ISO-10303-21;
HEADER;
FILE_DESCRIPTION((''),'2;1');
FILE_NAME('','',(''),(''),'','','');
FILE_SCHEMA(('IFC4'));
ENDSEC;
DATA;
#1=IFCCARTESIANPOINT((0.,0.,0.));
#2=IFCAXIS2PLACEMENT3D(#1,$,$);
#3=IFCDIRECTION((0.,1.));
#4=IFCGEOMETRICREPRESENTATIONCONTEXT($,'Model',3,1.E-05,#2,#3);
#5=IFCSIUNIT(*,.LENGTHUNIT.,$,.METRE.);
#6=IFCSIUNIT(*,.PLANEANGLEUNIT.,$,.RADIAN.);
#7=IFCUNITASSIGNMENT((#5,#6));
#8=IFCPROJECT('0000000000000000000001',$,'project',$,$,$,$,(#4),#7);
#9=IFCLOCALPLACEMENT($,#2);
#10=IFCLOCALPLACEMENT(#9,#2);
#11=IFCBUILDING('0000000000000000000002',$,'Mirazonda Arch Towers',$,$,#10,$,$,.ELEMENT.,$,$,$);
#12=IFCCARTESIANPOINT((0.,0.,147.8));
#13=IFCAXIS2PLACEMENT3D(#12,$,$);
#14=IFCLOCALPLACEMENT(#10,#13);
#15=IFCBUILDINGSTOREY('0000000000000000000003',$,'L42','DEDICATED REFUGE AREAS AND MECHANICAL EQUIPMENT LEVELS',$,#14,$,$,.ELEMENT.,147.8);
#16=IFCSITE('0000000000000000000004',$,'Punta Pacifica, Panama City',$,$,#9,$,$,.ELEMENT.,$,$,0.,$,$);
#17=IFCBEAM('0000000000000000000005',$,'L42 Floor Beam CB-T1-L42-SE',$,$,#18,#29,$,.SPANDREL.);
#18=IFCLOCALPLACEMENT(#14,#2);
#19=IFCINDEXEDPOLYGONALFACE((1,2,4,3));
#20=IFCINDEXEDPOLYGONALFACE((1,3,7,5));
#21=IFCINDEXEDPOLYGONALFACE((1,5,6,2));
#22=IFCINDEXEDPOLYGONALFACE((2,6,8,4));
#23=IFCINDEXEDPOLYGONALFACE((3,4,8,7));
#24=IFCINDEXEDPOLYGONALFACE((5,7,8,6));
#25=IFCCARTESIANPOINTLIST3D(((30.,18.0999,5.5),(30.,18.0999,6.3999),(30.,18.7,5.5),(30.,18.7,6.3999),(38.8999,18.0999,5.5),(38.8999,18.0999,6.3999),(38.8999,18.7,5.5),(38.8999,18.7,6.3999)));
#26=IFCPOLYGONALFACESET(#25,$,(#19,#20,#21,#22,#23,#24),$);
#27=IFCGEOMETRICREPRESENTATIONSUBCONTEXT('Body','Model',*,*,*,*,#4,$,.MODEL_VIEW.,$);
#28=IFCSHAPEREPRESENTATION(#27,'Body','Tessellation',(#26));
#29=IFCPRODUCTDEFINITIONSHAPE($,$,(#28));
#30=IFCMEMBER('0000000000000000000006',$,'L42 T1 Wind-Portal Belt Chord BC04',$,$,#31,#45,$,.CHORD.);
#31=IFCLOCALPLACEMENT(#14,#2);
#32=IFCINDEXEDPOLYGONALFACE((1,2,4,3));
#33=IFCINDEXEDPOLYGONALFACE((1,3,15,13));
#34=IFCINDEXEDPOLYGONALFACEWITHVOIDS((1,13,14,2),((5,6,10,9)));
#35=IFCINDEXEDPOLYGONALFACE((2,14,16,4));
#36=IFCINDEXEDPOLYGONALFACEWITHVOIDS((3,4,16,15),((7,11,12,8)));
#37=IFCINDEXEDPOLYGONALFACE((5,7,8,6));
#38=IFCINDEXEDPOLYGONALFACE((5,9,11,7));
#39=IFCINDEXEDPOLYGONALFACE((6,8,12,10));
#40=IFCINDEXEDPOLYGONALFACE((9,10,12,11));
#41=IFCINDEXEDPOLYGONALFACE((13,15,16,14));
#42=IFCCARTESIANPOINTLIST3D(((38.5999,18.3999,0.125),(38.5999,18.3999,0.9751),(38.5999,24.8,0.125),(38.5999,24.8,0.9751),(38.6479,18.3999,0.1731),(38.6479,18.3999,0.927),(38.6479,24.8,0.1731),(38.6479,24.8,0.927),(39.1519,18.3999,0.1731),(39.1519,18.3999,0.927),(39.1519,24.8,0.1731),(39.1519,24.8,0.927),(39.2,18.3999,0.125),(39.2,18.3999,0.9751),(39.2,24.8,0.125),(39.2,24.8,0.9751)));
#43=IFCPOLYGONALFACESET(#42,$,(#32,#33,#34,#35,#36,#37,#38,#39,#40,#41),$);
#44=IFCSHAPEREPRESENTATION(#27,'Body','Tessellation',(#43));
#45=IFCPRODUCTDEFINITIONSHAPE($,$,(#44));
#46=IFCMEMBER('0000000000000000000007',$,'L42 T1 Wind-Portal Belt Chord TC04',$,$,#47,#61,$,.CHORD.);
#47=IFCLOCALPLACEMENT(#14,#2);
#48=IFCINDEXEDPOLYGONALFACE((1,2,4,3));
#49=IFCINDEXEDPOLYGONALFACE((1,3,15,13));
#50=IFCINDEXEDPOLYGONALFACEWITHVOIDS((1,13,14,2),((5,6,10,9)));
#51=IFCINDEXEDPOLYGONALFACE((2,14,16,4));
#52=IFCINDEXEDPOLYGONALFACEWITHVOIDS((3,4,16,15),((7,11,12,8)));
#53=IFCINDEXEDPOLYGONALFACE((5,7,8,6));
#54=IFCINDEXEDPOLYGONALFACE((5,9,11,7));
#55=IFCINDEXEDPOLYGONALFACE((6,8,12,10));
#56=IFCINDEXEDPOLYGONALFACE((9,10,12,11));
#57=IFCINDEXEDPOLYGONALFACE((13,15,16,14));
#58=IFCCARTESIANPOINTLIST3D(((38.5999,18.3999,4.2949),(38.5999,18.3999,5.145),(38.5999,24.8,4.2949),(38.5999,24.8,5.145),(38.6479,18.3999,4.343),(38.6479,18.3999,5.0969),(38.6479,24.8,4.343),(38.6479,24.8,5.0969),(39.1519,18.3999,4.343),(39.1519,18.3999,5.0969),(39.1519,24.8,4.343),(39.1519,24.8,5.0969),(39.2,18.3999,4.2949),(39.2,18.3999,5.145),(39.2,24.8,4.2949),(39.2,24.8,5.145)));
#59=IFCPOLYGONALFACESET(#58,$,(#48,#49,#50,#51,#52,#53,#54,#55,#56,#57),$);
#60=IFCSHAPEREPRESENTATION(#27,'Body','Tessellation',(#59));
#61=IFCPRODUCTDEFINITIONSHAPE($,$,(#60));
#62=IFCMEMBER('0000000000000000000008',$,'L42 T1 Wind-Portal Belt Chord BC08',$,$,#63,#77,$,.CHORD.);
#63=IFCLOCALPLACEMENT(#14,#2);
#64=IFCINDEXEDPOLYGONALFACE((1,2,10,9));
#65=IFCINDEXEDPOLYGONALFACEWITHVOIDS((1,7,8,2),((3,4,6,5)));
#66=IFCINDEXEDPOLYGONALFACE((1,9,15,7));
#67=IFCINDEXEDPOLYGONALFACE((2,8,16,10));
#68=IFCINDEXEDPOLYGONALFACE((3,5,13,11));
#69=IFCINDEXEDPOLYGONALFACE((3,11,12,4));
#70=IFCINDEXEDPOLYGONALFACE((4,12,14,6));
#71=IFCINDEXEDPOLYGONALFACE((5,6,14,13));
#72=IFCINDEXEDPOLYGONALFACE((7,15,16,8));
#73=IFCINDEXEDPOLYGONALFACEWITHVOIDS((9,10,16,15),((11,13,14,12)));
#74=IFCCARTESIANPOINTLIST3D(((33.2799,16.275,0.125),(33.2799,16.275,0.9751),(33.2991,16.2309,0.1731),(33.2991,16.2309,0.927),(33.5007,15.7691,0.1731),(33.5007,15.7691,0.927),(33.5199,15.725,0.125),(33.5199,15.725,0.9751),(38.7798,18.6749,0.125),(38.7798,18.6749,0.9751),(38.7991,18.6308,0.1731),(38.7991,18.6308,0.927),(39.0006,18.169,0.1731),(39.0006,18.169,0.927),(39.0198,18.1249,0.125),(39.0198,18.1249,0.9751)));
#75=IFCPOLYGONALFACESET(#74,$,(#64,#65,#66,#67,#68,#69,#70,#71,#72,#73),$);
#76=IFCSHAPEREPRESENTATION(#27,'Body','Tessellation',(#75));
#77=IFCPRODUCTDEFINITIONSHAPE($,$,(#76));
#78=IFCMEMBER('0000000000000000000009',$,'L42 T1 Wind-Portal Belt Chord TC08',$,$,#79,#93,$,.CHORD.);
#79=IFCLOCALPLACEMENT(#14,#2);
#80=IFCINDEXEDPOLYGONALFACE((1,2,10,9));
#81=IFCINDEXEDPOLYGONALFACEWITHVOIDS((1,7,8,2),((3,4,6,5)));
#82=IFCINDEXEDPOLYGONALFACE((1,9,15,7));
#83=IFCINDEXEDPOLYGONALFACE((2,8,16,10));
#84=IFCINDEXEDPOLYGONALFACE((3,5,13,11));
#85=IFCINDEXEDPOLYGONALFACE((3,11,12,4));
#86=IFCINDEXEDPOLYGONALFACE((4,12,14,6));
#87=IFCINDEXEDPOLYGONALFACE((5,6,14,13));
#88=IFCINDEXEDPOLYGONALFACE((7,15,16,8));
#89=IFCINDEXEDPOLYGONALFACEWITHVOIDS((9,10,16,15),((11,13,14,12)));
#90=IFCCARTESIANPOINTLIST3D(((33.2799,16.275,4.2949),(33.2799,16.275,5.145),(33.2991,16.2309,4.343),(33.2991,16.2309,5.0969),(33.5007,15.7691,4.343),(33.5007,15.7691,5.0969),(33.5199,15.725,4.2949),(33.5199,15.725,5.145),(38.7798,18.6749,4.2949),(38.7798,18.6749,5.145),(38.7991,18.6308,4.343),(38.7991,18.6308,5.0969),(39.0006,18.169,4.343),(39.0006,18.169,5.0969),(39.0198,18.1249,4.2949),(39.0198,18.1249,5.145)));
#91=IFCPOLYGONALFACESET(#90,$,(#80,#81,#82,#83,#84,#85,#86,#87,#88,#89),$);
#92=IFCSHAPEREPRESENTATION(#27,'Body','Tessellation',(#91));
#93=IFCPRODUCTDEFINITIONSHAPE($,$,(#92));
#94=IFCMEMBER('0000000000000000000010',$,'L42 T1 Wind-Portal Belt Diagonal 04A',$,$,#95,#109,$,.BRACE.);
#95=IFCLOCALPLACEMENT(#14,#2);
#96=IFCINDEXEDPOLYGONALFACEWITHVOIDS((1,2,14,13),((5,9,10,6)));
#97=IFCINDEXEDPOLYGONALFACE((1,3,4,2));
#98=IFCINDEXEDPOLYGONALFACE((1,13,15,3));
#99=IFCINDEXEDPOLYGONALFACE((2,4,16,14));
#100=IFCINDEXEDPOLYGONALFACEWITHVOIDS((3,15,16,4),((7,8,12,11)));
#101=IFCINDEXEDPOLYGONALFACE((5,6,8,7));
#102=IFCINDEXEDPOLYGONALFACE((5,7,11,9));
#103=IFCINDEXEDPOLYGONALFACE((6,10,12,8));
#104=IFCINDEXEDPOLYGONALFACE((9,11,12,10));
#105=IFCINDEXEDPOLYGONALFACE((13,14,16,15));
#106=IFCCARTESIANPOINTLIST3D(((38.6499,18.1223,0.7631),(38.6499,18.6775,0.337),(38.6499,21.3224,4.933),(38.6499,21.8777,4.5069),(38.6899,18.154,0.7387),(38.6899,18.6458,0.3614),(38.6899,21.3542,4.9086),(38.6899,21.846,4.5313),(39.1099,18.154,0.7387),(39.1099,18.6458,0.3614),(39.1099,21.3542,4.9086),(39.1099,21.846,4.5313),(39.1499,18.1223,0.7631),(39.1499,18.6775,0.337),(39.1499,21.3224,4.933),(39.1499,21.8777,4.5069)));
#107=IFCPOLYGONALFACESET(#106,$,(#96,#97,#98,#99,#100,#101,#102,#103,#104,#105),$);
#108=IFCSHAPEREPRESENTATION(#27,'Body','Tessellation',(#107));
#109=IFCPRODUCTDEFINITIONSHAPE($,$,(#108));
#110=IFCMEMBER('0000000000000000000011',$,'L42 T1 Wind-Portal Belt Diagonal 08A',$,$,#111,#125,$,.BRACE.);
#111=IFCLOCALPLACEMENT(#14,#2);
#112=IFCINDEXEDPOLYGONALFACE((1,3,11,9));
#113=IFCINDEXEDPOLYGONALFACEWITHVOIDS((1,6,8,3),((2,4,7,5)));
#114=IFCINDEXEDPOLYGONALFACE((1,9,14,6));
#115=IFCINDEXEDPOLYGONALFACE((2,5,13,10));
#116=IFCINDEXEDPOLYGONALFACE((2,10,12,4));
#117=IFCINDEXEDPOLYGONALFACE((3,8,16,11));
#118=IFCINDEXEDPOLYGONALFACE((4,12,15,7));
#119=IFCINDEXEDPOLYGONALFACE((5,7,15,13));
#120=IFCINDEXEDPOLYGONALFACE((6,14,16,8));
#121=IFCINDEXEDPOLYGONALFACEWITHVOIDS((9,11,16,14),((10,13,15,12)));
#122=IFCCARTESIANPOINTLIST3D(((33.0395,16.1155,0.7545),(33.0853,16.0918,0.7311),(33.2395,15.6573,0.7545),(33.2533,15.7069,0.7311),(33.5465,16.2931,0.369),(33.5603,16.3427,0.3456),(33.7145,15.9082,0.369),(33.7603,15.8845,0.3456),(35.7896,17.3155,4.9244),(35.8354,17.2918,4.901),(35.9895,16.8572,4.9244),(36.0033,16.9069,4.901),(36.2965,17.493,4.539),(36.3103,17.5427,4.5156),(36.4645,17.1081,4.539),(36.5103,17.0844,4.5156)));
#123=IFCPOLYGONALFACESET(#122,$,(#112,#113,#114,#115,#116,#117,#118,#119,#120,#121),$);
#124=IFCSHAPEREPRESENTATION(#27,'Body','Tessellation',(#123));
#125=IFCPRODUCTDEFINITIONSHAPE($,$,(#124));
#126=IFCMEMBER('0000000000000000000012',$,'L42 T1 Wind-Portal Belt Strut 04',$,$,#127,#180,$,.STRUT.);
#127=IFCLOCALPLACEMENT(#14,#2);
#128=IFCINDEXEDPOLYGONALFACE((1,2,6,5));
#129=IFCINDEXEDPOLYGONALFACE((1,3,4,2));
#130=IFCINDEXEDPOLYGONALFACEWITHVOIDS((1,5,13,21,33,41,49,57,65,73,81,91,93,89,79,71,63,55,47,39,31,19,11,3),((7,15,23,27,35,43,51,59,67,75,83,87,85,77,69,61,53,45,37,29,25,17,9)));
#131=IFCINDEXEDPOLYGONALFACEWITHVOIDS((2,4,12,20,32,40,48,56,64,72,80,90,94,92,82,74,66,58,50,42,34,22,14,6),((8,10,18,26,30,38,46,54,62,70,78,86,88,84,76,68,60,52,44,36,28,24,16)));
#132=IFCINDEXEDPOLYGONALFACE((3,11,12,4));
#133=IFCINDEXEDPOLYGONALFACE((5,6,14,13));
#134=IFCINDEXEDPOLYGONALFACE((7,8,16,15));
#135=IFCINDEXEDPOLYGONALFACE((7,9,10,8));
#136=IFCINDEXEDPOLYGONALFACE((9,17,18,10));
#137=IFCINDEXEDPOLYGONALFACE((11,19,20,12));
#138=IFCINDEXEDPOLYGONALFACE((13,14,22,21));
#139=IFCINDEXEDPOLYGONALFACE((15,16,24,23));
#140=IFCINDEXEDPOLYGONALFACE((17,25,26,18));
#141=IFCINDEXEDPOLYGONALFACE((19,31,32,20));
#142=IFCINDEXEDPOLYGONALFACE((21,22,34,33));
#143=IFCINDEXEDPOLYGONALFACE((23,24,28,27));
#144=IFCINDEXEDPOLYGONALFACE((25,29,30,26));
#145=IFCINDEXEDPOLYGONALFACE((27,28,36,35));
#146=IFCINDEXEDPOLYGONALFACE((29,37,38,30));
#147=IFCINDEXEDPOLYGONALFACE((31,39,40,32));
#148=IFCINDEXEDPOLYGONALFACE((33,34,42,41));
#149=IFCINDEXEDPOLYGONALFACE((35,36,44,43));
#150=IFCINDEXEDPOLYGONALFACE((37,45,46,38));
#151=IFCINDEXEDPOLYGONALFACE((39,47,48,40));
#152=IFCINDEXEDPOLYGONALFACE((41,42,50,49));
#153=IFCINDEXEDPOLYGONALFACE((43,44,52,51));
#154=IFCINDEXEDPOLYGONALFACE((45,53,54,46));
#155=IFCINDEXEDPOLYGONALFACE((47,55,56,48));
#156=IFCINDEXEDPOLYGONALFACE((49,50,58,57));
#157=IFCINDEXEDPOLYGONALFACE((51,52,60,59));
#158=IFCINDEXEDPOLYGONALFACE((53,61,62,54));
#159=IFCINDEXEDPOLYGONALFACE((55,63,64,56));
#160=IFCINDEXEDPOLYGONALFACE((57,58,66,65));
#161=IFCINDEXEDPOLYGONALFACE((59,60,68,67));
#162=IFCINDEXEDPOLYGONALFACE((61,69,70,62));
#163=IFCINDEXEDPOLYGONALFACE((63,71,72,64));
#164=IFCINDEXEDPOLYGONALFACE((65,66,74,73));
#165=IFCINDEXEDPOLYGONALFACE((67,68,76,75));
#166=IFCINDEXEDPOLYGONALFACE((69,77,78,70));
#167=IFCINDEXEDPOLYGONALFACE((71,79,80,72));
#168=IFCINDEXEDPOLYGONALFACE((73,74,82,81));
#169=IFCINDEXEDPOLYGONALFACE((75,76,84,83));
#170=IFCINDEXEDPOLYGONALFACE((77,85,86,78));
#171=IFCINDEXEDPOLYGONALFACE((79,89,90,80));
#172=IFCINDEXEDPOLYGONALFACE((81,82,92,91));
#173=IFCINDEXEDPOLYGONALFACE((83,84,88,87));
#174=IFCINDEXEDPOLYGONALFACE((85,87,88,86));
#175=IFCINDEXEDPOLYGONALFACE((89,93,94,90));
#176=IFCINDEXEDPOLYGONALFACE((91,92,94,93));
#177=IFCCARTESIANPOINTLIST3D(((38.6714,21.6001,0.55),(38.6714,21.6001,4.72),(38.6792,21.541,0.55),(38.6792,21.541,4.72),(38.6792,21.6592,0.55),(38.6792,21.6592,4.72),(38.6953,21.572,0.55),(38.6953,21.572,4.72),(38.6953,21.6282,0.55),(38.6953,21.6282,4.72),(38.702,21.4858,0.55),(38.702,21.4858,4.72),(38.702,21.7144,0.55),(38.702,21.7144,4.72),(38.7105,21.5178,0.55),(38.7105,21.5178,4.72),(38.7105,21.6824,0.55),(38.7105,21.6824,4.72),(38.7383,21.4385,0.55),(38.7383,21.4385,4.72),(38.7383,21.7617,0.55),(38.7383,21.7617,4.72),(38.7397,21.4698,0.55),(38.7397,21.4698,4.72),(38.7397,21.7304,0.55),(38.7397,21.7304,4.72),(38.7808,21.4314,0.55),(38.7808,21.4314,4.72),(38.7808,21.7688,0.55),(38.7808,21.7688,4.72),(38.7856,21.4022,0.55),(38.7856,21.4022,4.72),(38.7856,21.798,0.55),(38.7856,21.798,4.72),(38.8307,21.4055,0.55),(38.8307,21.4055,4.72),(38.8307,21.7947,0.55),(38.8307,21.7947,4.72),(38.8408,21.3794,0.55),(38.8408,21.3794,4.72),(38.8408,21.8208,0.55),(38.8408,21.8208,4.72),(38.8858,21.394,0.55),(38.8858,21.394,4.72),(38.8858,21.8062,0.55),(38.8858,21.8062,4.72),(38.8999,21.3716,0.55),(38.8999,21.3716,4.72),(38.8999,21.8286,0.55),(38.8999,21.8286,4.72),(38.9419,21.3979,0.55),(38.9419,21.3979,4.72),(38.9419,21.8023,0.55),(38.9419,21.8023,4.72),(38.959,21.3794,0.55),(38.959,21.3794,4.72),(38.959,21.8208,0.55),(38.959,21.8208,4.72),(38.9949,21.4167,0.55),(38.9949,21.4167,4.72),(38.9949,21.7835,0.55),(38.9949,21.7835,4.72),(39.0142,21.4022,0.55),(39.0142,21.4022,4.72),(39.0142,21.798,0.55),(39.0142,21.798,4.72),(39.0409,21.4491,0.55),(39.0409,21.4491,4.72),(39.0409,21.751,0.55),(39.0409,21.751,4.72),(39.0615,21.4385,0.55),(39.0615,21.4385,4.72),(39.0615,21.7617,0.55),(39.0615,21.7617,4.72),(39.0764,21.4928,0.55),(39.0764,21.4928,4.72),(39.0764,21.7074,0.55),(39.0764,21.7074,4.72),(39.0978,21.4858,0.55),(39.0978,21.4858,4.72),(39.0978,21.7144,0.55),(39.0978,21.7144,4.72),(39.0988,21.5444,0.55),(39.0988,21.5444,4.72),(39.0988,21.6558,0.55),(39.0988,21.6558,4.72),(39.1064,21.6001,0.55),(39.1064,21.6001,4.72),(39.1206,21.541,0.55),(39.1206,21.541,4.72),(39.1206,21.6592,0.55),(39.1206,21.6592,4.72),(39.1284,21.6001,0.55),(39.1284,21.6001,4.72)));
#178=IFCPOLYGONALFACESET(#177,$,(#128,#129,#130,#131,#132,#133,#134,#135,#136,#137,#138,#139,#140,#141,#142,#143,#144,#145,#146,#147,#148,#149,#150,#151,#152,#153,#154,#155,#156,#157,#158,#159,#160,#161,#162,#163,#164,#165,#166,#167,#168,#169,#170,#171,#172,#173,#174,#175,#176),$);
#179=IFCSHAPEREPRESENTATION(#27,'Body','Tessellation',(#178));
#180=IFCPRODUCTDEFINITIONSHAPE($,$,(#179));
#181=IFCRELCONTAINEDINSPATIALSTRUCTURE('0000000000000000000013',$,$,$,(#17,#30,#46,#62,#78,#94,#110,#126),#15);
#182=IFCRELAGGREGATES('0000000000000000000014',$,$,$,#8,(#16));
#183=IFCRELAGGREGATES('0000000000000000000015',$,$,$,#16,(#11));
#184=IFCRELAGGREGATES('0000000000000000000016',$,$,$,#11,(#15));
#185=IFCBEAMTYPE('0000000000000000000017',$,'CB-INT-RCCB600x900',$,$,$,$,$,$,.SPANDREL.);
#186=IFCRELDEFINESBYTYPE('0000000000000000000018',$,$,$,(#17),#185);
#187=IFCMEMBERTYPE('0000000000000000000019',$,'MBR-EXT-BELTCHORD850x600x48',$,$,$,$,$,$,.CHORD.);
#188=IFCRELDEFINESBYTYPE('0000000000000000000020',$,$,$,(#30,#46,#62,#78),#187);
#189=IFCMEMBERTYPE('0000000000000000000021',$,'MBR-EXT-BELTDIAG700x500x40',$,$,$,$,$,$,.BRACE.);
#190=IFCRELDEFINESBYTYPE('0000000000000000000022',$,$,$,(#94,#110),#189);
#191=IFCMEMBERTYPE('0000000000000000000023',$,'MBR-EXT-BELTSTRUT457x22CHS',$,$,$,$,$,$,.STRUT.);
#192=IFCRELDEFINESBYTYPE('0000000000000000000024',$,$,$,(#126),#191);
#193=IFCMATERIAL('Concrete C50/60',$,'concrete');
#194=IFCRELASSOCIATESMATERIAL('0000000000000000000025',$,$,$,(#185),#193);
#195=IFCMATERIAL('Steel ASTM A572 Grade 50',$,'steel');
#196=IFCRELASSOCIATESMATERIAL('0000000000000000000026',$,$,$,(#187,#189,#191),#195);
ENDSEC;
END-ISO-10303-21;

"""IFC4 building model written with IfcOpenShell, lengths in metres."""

from ifc_helpers import new_model, si_unit, direction, frame, origin, origin_2d, place, context, subcontext, project, spatial, rectangle, hollow_rectangle, hollow_circle, extrude, material, material_profile, profile_set, type_object, element, save


model = new_model("IFC4")

# Units and contexts
model_context = context("Model", 3, precision=1e-05, world=origin(), true_north=direction((0.0, 1.0)))
body_context = subcontext(model_context, "Body", "Model", "MODEL_VIEW")
ifc_project = project(units=[si_unit("LENGTHUNIT", "METRE"), si_unit("PLANEANGLEUNIT", "RADIAN")], contexts=[model_context])

# Site, building, storey
site_placement = place(None, origin())
site = spatial("IfcSite", under=ifc_project, at=site_placement, Name="Punta Pacifica, Panama City", CompositionType="ELEMENT", RefElevation=0.0)
building_placement = place(site_placement, origin())
building = spatial("IfcBuilding", under=site, at=building_placement, Name="Mirazonda Arch Towers", CompositionType="ELEMENT")
storey_placement = place(building_placement, frame((0.0, 0.0, 147.8)))
storey = spatial("IfcBuildingStorey", under=building, at=storey_placement, Name="L42", Description="DEDICATED REFUGE AREAS AND MECHANICAL EQUIPMENT LEVELS", CompositionType="ELEMENT", Elevation=147.8)

# Shared definitions
ifc_material_1 = material(Name="Concrete C50/60", Category="concrete")
ifc_material_2 = material(Name="Steel ASTM A572 Grade 50", Category="steel")

# Beam
ifc_material_profile_1 = material_profile(ifc_material_1, rectangle(XDim=0.6001, YDim=0.8999, at=origin_2d()), Name="RCCB600x900")
ifc_profile_set_1 = profile_set([ifc_material_profile_1], Name="Concrete C50/60")
beam_type_1 = type_object("IfcBeamType", Name="CB-INT-RCCB600x900", PredefinedType="SPANDREL", material=ifc_profile_set_1)
beam_1_placement = place(storey_placement, frame((30.0, 18.3999, 5.95), z_axis=(1.0, 0.0, 0.0), x_axis=(0.0, 1.0, 0.0)))
element("IfcBeam", 1, at=beam_1_placement, inside=storey, type_object=beam_type_1, Name="L42 Floor Beam CB-T1-L42-SE", PredefinedType="SPANDREL", context=body_context, shape_type="SweptSolid", body=[
    extrude(rectangle(XDim=0.6001, YDim=0.8999, at=origin_2d()), origin(), (0.0, 0.0, 1.0), 8.8999),
])

# Members
ifc_material_profile_2 = material_profile(ifc_material_2, hollow_rectangle(XDim=0.6001, YDim=0.8501, WallThickness=0.0481, at=origin_2d()), Name="BELTCHORD850x600x48")
ifc_profile_set_2 = profile_set([ifc_material_profile_2], Name="Steel ASTM A572 Grade 50")
member_type_1 = type_object("IfcMemberType", Name="MBR-EXT-BELTCHORD850x600x48", PredefinedType="CHORD", material=ifc_profile_set_2)
for number, where, z_axis, x_axis, name in (
    (2, (38.8999, 18.3999, 0.55), (0.0, 1.0, 0.0), (-1.0, 0.0, 0.0), "L42 T1 Wind-Portal Belt Chord BC04"),
    (3, (38.8999, 18.3999, 4.72), (0.0, 1.0, 0.0), (-1.0, 0.0, 0.0), "L42 T1 Wind-Portal Belt Chord TC04"),
):
    element("IfcMember", number, at=place(storey_placement, frame(where, z_axis=z_axis, x_axis=x_axis)), inside=storey, type_object=member_type_1, Name=name, PredefinedType="CHORD", context=body_context, shape_type="SweptSolid", body=[
        extrude(hollow_rectangle(XDim=0.6001, YDim=0.8501, WallThickness=0.0481, at=origin_2d()), origin(), (0.0, 0.0, 1.0), 6.4001),
    ])
for number, where, z_axis, x_axis, name in (
    (4, (33.3999, 16.0, 0.55), (0.916545, 0.399931, 0.0), (-0.399931, 0.916545, 0.0), "L42 T1 Wind-Portal Belt Chord BC08"),
    (5, (33.3999, 16.0, 4.72), (0.916545, 0.399931, 0.0), (-0.399931, 0.916545, 0.0), "L42 T1 Wind-Portal Belt Chord TC08"),
):
    element("IfcMember", number, at=place(storey_placement, frame(where, z_axis=z_axis, x_axis=x_axis)), inside=storey, type_object=member_type_1, Name=name, PredefinedType="CHORD", context=body_context, shape_type="SweptSolid", body=[
        extrude(hollow_rectangle(XDim=0.6001, YDim=0.8501, WallThickness=0.0481, at=origin_2d()), origin(), (0.0, 0.0, 1.0), 6.0007),
    ])
ifc_material_profile_3 = material_profile(ifc_material_2, hollow_rectangle(XDim=0.5, YDim=0.7, WallThickness=0.04, at=origin_2d()), Name="BELTDIAG700x500x40")
ifc_profile_set_3 = profile_set([ifc_material_profile_3], Name="Steel ASTM A572 Grade 50")
member_type_2 = type_object("IfcMemberType", Name="MBR-EXT-BELTDIAG700x500x40", PredefinedType="BRACE", material=ifc_profile_set_3)
member_1_placement = place(storey_placement, frame((38.8999, 18.3999, 0.55), z_axis=(0.0, 0.608822, 0.793307), x_axis=(-1.0, 0.0, 0.0)))
element("IfcMember", 6, at=member_1_placement, inside=storey, type_object=member_type_2, Name="L42 T1 Wind-Portal Belt Diagonal 04A", PredefinedType="BRACE", context=body_context, shape_type="SweptSolid", body=[
    extrude(hollow_rectangle(XDim=0.5, YDim=0.7, WallThickness=0.04, at=origin_2d()), origin(), (0.0, 0.0, 1.0), 5.2563),
])
member_2_placement = place(storey_placement, frame((33.3999, 16.0, 0.55), z_axis=(0.535313, 0.233582, 0.811714), x_axis=(-0.399931, 0.916545, 0.0)))
element("IfcMember", 7, at=member_2_placement, inside=storey, type_object=member_type_2, Name="L42 T1 Wind-Portal Belt Diagonal 08A", PredefinedType="BRACE", context=body_context, shape_type="SweptSolid", body=[
    extrude(hollow_rectangle(XDim=0.5, YDim=0.7, WallThickness=0.04, at=origin_2d()), origin(), (0.0, 0.0, 1.0), 5.1372),
])
ifc_material_profile_4 = material_profile(ifc_material_2, hollow_circle(Radius=0.2285, WallThickness=0.022, at=origin_2d()), Name="BELTSTRUT457x22CHS")
ifc_profile_set_4 = profile_set([ifc_material_profile_4], Name="Steel ASTM A572 Grade 50")
member_type_3 = type_object("IfcMemberType", Name="MBR-EXT-BELTSTRUT457x22CHS", PredefinedType="STRUT", material=ifc_profile_set_4)
for number, where, z_axis, x_axis, name in (
    (8, (38.8999, 21.6001, 0.55), (0.0, 0.0, 1.0), (1.0, 0.0, 0.0), "L42 T1 Wind-Portal Belt Strut 04"),
):
    element("IfcMember", number, at=place(storey_placement, frame(where, z_axis=z_axis, x_axis=x_axis)), inside=storey, type_object=member_type_3, Name=name, PredefinedType="STRUT", context=body_context, shape_type="SweptSolid", body=[
        extrude(hollow_circle(Radius=0.2285, WallThickness=0.022, at=origin_2d()), origin(), (0.0, 0.0, 1.0), 4.1699),
    ])

save(model, "model.ifc")
